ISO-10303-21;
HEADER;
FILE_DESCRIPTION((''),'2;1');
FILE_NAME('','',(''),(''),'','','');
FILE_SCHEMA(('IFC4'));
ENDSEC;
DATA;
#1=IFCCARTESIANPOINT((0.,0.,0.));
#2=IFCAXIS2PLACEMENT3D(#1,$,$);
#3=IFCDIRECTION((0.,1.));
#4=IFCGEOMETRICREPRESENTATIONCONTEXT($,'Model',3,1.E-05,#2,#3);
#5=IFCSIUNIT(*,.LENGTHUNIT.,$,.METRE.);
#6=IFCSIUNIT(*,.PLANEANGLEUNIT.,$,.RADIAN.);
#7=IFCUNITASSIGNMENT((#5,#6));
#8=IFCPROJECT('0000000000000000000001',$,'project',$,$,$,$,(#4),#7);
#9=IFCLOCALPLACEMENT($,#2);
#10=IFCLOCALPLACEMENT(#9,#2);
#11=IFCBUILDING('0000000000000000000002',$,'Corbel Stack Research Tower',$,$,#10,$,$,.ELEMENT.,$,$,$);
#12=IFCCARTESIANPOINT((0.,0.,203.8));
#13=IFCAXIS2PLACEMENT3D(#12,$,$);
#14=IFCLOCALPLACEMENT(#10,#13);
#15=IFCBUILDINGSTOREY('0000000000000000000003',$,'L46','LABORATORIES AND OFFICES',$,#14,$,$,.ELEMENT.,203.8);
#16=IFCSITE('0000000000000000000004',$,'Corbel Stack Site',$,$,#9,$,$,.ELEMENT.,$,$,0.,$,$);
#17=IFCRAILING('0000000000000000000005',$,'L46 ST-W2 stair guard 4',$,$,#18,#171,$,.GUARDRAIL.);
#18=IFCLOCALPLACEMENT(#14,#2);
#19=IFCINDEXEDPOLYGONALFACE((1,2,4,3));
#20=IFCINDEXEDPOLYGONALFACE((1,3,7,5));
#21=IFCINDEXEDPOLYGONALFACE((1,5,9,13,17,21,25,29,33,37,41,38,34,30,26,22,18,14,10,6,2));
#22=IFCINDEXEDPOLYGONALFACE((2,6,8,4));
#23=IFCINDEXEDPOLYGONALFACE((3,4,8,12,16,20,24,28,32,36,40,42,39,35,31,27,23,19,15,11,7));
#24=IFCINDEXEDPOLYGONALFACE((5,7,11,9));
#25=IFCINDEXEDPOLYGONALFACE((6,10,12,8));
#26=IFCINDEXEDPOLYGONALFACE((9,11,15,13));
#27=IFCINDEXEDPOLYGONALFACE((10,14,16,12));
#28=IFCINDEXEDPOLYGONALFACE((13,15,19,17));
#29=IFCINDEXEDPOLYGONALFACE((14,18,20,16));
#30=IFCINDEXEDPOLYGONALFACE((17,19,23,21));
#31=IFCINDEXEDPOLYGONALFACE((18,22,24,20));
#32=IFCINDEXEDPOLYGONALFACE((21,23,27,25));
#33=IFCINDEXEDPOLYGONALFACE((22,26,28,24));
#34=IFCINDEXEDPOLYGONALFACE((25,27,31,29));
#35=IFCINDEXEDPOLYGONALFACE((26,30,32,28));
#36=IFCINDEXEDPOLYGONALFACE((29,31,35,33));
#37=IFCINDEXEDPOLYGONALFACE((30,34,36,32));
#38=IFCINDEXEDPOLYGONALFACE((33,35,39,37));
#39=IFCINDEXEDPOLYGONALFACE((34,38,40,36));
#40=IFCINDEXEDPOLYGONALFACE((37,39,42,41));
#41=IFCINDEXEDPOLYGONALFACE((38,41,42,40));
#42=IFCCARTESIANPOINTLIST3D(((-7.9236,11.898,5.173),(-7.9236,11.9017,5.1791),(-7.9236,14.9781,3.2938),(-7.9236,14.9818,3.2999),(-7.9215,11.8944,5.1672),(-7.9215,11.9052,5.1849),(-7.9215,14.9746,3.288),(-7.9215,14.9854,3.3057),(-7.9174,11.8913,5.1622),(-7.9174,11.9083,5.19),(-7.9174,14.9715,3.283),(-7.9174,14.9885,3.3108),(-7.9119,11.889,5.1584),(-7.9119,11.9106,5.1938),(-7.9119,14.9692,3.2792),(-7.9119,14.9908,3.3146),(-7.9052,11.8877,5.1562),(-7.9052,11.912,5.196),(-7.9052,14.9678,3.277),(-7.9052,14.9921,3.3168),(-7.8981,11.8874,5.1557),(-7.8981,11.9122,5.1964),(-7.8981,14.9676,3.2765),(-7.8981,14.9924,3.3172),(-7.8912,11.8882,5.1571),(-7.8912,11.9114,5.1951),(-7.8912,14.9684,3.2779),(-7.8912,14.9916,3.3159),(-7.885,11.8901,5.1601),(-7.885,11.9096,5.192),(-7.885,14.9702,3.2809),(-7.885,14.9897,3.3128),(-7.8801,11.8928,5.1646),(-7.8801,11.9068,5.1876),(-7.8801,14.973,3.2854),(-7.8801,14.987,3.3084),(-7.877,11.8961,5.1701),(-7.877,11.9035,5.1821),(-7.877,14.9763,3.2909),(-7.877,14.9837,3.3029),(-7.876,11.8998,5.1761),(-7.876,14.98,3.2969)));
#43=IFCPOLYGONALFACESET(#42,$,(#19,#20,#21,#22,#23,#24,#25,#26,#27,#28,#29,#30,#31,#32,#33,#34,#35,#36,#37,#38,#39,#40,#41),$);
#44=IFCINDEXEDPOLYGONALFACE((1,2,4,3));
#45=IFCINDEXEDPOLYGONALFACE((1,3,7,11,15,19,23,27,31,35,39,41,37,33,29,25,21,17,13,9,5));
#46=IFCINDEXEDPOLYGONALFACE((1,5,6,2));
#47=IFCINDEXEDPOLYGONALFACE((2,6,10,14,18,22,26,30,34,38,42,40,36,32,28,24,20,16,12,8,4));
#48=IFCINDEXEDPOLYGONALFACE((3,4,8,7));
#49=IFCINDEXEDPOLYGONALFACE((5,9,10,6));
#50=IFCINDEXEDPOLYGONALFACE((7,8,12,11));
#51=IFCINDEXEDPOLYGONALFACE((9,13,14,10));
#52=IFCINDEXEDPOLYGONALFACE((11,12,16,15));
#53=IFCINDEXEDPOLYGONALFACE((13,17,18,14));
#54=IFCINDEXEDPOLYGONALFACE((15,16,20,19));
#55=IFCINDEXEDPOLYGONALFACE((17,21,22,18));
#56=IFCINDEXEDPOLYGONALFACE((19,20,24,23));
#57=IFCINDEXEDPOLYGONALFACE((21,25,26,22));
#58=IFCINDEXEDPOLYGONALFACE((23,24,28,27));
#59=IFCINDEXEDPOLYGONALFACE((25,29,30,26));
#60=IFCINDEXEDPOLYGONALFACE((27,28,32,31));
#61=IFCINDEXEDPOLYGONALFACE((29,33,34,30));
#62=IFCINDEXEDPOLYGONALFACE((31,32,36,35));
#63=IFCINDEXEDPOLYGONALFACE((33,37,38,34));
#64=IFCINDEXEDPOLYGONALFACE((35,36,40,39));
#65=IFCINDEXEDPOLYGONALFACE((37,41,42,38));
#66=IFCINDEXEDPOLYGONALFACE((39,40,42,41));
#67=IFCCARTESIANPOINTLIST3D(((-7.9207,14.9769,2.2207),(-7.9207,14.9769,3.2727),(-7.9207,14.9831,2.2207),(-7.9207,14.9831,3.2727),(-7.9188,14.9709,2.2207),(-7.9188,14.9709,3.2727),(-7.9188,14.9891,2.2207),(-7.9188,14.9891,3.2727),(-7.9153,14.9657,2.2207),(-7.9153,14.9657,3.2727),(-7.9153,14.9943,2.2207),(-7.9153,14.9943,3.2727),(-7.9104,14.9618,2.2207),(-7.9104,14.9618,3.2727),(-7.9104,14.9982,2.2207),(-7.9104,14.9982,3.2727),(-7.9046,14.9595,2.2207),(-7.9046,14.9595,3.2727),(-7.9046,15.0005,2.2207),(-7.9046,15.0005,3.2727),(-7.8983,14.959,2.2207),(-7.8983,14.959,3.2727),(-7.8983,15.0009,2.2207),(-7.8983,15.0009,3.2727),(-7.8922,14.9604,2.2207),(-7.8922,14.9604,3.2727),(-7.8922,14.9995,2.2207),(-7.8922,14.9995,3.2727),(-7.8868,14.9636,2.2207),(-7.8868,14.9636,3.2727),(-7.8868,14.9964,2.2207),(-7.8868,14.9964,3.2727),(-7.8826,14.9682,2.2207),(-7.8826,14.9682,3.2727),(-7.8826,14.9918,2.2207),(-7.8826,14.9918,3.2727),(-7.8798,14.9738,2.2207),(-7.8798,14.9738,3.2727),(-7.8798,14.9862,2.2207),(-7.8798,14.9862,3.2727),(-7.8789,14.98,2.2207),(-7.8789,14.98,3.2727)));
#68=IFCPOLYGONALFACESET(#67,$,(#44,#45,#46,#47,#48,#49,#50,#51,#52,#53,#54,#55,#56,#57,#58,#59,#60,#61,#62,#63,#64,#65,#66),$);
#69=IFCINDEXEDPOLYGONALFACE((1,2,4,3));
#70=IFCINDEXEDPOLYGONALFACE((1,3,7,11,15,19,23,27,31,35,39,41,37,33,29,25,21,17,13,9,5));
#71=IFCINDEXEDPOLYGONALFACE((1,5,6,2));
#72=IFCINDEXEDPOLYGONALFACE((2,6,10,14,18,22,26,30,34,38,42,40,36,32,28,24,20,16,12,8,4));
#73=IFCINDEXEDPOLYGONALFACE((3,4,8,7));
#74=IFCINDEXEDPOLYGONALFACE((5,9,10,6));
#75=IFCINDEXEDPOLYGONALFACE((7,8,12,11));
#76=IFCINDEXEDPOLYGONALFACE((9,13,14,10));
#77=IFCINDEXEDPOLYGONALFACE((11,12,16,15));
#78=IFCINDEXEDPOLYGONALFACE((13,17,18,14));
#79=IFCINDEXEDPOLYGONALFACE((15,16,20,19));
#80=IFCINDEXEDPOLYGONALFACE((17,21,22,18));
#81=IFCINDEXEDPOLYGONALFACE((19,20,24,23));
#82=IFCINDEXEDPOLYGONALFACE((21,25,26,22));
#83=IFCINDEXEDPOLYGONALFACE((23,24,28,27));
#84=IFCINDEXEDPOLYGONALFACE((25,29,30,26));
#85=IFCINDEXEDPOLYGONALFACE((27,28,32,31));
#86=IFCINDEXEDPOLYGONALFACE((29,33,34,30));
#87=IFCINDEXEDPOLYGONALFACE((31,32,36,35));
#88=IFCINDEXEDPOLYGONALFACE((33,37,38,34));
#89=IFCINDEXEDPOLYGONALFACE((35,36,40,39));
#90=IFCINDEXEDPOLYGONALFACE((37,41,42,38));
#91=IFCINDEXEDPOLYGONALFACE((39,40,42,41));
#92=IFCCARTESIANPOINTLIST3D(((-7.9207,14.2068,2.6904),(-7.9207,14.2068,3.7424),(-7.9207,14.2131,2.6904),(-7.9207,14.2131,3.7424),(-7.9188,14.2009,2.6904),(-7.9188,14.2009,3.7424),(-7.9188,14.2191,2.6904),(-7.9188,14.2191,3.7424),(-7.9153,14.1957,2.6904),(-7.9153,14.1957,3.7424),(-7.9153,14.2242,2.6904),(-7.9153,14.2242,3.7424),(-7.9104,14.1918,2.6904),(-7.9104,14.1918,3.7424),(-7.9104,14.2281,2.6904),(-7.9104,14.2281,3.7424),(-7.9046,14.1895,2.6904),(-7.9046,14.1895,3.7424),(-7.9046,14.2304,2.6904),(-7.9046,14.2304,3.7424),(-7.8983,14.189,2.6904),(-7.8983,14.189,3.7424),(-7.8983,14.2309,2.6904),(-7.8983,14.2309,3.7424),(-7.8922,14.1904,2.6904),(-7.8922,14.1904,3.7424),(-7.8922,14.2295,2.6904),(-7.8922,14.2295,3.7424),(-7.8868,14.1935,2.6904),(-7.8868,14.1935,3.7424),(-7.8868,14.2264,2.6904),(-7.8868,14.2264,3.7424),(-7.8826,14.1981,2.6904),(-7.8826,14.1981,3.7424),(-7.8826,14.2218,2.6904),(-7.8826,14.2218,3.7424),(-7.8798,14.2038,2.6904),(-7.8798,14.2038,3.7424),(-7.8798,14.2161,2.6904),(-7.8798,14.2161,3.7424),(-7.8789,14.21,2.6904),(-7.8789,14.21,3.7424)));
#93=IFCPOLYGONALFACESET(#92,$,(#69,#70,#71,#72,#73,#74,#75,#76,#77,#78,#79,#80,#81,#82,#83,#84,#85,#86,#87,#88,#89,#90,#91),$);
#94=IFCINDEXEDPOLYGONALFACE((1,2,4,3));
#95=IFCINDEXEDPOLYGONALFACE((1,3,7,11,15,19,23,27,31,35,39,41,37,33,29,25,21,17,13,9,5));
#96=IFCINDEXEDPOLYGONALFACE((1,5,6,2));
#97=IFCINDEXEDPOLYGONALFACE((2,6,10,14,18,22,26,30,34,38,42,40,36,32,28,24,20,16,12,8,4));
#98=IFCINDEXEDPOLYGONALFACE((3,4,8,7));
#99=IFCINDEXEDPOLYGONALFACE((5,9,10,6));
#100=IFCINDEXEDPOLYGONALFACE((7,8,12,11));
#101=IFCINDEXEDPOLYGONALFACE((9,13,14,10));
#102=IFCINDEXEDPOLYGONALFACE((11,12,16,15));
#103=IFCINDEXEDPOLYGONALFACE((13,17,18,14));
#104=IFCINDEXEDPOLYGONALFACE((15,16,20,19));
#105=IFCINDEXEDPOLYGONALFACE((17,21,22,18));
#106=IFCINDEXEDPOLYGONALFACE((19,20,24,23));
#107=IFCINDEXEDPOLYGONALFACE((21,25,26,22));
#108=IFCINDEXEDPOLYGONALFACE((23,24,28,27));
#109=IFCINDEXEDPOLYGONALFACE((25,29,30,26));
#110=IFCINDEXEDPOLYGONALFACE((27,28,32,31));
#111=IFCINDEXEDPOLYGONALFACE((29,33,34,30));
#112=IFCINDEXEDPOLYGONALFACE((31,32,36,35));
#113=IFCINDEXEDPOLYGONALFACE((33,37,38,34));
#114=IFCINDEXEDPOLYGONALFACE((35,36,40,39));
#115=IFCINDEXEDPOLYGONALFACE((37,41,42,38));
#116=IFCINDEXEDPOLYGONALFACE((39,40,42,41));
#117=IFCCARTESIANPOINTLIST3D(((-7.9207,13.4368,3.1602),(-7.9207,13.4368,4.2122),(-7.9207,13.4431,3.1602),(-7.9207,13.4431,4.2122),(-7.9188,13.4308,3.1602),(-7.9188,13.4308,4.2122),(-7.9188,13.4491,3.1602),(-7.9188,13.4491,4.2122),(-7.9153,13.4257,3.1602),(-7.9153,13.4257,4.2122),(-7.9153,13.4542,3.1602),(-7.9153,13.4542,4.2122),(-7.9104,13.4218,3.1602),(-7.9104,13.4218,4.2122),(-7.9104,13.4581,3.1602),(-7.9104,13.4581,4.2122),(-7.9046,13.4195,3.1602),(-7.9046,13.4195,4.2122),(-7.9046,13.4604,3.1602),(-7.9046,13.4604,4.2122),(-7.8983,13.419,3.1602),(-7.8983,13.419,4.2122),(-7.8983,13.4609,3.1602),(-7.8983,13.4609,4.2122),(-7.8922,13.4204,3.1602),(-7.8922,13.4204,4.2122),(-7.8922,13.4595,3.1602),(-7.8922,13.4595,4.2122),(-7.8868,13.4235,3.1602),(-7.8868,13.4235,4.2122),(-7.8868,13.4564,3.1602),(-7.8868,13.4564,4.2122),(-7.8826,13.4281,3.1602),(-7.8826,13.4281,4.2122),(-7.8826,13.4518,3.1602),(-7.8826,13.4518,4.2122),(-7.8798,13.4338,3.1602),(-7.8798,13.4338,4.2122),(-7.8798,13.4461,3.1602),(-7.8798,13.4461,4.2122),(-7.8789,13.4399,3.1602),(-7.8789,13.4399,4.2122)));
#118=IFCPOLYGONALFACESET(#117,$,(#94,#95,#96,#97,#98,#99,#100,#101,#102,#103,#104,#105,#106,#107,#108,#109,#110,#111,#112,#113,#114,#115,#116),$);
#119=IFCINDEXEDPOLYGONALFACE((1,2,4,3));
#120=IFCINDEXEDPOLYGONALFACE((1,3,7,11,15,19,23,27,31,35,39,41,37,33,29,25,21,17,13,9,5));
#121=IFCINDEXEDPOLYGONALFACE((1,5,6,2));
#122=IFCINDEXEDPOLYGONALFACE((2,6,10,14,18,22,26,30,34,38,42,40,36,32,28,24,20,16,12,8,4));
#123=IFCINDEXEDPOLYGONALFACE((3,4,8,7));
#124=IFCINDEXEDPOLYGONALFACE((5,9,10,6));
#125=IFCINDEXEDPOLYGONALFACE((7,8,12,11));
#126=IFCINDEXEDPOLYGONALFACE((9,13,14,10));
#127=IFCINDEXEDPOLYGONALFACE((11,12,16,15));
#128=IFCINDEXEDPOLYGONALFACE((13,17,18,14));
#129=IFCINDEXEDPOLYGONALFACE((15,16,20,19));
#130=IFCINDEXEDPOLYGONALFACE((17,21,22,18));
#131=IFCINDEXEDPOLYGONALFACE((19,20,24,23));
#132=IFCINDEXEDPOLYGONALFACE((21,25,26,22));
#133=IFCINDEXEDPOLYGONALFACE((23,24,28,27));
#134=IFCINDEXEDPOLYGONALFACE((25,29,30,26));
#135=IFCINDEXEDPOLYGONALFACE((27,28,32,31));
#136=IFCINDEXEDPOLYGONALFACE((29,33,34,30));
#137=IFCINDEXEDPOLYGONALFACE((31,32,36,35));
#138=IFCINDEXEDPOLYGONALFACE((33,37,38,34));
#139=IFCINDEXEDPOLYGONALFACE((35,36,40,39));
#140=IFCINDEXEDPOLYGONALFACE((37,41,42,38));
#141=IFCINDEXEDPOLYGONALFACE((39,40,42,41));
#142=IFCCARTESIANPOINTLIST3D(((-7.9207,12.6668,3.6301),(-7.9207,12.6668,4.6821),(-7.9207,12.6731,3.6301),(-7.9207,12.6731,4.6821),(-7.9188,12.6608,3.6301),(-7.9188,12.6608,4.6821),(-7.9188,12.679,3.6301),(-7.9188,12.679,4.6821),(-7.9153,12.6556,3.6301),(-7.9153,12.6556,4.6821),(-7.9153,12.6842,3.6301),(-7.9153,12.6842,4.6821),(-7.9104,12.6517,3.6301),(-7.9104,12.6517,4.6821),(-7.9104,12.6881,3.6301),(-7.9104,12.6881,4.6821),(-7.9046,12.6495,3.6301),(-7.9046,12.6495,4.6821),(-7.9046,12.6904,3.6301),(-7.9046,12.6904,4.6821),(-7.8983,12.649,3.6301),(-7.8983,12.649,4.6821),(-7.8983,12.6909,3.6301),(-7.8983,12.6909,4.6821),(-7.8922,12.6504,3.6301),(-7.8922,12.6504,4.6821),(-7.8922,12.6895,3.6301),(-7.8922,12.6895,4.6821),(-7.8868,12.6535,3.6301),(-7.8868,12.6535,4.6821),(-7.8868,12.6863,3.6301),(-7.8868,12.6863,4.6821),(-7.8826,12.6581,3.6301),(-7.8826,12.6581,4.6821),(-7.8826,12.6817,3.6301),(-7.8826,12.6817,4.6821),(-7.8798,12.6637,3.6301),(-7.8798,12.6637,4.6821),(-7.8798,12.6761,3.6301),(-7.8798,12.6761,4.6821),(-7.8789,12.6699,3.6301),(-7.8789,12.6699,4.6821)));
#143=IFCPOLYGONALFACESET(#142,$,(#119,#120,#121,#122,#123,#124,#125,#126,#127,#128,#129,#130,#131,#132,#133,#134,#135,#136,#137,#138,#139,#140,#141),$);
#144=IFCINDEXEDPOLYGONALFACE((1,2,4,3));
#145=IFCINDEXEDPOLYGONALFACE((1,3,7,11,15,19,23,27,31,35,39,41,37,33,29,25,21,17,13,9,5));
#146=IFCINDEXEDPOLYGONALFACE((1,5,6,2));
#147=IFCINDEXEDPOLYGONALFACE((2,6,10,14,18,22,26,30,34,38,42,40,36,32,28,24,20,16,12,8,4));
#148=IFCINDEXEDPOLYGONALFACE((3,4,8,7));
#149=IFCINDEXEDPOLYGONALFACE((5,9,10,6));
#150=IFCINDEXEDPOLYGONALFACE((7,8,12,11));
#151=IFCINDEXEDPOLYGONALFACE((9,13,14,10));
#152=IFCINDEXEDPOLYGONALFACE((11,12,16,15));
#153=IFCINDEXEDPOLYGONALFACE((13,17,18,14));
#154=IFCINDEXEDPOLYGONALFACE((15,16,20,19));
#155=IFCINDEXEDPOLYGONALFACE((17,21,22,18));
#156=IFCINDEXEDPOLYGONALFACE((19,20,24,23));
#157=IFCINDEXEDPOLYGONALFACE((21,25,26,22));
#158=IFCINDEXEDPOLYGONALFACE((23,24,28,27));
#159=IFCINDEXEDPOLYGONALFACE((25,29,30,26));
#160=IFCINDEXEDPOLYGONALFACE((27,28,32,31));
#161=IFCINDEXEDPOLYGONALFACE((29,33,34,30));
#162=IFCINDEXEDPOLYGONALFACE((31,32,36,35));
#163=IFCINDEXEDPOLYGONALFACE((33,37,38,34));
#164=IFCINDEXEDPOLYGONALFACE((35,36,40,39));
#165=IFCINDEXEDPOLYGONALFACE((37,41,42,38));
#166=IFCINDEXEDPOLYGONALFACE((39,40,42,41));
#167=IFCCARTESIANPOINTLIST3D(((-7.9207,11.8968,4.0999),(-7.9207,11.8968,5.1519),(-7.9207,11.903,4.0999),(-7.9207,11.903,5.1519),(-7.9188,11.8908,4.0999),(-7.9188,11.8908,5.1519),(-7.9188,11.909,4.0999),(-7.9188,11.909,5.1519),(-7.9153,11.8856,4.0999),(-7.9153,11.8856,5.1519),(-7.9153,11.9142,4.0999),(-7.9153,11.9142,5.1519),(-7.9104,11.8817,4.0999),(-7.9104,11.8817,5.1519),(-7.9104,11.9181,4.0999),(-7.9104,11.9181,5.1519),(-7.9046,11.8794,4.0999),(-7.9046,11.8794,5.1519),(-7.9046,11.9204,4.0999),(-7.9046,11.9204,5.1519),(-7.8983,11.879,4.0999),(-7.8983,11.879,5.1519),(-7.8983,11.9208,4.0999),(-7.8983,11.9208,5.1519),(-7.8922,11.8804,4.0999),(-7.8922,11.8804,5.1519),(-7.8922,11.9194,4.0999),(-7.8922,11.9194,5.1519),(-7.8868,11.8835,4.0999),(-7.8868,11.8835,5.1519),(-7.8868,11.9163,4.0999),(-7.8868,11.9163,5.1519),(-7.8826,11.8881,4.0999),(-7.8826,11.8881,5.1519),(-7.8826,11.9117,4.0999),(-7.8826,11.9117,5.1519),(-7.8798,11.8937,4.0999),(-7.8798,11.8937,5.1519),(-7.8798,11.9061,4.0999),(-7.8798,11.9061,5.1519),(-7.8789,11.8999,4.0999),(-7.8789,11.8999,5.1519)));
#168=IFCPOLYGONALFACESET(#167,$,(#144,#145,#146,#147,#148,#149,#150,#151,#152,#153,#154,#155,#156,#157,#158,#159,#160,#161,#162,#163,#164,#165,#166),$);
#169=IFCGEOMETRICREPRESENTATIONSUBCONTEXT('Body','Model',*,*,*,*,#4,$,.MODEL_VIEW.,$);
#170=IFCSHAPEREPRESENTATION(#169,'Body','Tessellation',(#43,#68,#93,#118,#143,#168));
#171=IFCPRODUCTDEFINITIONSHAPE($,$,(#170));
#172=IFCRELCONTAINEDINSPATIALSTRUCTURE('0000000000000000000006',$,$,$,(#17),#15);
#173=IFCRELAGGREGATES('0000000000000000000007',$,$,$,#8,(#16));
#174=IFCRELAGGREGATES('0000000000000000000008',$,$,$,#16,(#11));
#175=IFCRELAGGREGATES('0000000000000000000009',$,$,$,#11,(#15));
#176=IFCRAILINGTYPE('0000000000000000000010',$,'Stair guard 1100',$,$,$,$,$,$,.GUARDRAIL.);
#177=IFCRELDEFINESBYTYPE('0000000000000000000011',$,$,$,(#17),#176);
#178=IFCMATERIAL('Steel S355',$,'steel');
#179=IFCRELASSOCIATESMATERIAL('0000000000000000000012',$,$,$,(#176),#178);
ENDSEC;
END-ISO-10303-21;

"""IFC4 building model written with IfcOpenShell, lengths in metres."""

from ifc_helpers import new_model, si_unit, direction, frame, origin, origin_2d, place, context, subcontext, project, spatial, circle, extrude, material, type_object, element, save


model = new_model("IFC4")

# Units and contexts
model_context = context("Model", 3, precision=1e-05, world=origin(), true_north=direction((0.0, 1.0)))
body_context = subcontext(model_context, "Body", "Model", "MODEL_VIEW")
ifc_project = project(units=[si_unit("LENGTHUNIT", "METRE"), si_unit("PLANEANGLEUNIT", "RADIAN")], contexts=[model_context])

# Site, building, storey
site_placement = place(None, origin())
site = spatial("IfcSite", under=ifc_project, at=site_placement, Name="Corbel Stack Site", CompositionType="ELEMENT", RefElevation=0.0)
building_placement = place(site_placement, origin())
building = spatial("IfcBuilding", under=site, at=building_placement, Name="Corbel Stack Research Tower", CompositionType="ELEMENT")
storey_placement = place(building_placement, frame((0.0, 0.0, 203.8)))
storey = spatial("IfcBuildingStorey", under=building, at=storey_placement, Name="L46", Description="LABORATORIES AND OFFICES", CompositionType="ELEMENT", Elevation=203.8)

# Railing
ifc_material_1 = material(Name="Steel S355", Category="steel")
railing_type_1 = type_object("IfcRailingType", Name="Stair guard 1100", PredefinedType="GUARDRAIL", material=ifc_material_1)
railing_1_placement = place(storey_placement, frame((-7.8999, 14.98, 2.2207)))
element("IfcRailing", 1, at=railing_1_placement, inside=storey, type_object=railing_type_1, Name="L46 ST-W2 stair guard 4", PredefinedType="GUARDRAIL", context=body_context, shape_type="SweptSolid", body=[
    extrude(circle(Radius=0.0239, at=origin_2d()), frame((0.0, 0.0, 1.0762), z_axis=(0.0, -0.853666, 0.52082), x_axis=(1.0, 0.0, 0.0)), (0.0, 0.0, 1.0), 3.6082),
    extrude(circle(Radius=0.021, at=origin_2d()), origin(), (0.0, 0.0, 1.0), 1.052),
    extrude(circle(Radius=0.021, at=origin_2d()), frame((0.0, -0.77, 0.4697)), (0.0, 0.0, 1.0), 1.052),
    extrude(circle(Radius=0.021, at=origin_2d()), frame((0.0, -1.54, 0.9395)), (0.0, 0.0, 1.0), 1.052),
    extrude(circle(Radius=0.021, at=origin_2d()), frame((0.0, -2.3101, 1.4094)), (0.0, 0.0, 1.0), 1.052),
    extrude(circle(Radius=0.021, at=origin_2d()), frame((0.0, -3.0801, 1.8792)), (0.0, 0.0, 1.0), 1.052),
])

save(model, "model.ifc")
